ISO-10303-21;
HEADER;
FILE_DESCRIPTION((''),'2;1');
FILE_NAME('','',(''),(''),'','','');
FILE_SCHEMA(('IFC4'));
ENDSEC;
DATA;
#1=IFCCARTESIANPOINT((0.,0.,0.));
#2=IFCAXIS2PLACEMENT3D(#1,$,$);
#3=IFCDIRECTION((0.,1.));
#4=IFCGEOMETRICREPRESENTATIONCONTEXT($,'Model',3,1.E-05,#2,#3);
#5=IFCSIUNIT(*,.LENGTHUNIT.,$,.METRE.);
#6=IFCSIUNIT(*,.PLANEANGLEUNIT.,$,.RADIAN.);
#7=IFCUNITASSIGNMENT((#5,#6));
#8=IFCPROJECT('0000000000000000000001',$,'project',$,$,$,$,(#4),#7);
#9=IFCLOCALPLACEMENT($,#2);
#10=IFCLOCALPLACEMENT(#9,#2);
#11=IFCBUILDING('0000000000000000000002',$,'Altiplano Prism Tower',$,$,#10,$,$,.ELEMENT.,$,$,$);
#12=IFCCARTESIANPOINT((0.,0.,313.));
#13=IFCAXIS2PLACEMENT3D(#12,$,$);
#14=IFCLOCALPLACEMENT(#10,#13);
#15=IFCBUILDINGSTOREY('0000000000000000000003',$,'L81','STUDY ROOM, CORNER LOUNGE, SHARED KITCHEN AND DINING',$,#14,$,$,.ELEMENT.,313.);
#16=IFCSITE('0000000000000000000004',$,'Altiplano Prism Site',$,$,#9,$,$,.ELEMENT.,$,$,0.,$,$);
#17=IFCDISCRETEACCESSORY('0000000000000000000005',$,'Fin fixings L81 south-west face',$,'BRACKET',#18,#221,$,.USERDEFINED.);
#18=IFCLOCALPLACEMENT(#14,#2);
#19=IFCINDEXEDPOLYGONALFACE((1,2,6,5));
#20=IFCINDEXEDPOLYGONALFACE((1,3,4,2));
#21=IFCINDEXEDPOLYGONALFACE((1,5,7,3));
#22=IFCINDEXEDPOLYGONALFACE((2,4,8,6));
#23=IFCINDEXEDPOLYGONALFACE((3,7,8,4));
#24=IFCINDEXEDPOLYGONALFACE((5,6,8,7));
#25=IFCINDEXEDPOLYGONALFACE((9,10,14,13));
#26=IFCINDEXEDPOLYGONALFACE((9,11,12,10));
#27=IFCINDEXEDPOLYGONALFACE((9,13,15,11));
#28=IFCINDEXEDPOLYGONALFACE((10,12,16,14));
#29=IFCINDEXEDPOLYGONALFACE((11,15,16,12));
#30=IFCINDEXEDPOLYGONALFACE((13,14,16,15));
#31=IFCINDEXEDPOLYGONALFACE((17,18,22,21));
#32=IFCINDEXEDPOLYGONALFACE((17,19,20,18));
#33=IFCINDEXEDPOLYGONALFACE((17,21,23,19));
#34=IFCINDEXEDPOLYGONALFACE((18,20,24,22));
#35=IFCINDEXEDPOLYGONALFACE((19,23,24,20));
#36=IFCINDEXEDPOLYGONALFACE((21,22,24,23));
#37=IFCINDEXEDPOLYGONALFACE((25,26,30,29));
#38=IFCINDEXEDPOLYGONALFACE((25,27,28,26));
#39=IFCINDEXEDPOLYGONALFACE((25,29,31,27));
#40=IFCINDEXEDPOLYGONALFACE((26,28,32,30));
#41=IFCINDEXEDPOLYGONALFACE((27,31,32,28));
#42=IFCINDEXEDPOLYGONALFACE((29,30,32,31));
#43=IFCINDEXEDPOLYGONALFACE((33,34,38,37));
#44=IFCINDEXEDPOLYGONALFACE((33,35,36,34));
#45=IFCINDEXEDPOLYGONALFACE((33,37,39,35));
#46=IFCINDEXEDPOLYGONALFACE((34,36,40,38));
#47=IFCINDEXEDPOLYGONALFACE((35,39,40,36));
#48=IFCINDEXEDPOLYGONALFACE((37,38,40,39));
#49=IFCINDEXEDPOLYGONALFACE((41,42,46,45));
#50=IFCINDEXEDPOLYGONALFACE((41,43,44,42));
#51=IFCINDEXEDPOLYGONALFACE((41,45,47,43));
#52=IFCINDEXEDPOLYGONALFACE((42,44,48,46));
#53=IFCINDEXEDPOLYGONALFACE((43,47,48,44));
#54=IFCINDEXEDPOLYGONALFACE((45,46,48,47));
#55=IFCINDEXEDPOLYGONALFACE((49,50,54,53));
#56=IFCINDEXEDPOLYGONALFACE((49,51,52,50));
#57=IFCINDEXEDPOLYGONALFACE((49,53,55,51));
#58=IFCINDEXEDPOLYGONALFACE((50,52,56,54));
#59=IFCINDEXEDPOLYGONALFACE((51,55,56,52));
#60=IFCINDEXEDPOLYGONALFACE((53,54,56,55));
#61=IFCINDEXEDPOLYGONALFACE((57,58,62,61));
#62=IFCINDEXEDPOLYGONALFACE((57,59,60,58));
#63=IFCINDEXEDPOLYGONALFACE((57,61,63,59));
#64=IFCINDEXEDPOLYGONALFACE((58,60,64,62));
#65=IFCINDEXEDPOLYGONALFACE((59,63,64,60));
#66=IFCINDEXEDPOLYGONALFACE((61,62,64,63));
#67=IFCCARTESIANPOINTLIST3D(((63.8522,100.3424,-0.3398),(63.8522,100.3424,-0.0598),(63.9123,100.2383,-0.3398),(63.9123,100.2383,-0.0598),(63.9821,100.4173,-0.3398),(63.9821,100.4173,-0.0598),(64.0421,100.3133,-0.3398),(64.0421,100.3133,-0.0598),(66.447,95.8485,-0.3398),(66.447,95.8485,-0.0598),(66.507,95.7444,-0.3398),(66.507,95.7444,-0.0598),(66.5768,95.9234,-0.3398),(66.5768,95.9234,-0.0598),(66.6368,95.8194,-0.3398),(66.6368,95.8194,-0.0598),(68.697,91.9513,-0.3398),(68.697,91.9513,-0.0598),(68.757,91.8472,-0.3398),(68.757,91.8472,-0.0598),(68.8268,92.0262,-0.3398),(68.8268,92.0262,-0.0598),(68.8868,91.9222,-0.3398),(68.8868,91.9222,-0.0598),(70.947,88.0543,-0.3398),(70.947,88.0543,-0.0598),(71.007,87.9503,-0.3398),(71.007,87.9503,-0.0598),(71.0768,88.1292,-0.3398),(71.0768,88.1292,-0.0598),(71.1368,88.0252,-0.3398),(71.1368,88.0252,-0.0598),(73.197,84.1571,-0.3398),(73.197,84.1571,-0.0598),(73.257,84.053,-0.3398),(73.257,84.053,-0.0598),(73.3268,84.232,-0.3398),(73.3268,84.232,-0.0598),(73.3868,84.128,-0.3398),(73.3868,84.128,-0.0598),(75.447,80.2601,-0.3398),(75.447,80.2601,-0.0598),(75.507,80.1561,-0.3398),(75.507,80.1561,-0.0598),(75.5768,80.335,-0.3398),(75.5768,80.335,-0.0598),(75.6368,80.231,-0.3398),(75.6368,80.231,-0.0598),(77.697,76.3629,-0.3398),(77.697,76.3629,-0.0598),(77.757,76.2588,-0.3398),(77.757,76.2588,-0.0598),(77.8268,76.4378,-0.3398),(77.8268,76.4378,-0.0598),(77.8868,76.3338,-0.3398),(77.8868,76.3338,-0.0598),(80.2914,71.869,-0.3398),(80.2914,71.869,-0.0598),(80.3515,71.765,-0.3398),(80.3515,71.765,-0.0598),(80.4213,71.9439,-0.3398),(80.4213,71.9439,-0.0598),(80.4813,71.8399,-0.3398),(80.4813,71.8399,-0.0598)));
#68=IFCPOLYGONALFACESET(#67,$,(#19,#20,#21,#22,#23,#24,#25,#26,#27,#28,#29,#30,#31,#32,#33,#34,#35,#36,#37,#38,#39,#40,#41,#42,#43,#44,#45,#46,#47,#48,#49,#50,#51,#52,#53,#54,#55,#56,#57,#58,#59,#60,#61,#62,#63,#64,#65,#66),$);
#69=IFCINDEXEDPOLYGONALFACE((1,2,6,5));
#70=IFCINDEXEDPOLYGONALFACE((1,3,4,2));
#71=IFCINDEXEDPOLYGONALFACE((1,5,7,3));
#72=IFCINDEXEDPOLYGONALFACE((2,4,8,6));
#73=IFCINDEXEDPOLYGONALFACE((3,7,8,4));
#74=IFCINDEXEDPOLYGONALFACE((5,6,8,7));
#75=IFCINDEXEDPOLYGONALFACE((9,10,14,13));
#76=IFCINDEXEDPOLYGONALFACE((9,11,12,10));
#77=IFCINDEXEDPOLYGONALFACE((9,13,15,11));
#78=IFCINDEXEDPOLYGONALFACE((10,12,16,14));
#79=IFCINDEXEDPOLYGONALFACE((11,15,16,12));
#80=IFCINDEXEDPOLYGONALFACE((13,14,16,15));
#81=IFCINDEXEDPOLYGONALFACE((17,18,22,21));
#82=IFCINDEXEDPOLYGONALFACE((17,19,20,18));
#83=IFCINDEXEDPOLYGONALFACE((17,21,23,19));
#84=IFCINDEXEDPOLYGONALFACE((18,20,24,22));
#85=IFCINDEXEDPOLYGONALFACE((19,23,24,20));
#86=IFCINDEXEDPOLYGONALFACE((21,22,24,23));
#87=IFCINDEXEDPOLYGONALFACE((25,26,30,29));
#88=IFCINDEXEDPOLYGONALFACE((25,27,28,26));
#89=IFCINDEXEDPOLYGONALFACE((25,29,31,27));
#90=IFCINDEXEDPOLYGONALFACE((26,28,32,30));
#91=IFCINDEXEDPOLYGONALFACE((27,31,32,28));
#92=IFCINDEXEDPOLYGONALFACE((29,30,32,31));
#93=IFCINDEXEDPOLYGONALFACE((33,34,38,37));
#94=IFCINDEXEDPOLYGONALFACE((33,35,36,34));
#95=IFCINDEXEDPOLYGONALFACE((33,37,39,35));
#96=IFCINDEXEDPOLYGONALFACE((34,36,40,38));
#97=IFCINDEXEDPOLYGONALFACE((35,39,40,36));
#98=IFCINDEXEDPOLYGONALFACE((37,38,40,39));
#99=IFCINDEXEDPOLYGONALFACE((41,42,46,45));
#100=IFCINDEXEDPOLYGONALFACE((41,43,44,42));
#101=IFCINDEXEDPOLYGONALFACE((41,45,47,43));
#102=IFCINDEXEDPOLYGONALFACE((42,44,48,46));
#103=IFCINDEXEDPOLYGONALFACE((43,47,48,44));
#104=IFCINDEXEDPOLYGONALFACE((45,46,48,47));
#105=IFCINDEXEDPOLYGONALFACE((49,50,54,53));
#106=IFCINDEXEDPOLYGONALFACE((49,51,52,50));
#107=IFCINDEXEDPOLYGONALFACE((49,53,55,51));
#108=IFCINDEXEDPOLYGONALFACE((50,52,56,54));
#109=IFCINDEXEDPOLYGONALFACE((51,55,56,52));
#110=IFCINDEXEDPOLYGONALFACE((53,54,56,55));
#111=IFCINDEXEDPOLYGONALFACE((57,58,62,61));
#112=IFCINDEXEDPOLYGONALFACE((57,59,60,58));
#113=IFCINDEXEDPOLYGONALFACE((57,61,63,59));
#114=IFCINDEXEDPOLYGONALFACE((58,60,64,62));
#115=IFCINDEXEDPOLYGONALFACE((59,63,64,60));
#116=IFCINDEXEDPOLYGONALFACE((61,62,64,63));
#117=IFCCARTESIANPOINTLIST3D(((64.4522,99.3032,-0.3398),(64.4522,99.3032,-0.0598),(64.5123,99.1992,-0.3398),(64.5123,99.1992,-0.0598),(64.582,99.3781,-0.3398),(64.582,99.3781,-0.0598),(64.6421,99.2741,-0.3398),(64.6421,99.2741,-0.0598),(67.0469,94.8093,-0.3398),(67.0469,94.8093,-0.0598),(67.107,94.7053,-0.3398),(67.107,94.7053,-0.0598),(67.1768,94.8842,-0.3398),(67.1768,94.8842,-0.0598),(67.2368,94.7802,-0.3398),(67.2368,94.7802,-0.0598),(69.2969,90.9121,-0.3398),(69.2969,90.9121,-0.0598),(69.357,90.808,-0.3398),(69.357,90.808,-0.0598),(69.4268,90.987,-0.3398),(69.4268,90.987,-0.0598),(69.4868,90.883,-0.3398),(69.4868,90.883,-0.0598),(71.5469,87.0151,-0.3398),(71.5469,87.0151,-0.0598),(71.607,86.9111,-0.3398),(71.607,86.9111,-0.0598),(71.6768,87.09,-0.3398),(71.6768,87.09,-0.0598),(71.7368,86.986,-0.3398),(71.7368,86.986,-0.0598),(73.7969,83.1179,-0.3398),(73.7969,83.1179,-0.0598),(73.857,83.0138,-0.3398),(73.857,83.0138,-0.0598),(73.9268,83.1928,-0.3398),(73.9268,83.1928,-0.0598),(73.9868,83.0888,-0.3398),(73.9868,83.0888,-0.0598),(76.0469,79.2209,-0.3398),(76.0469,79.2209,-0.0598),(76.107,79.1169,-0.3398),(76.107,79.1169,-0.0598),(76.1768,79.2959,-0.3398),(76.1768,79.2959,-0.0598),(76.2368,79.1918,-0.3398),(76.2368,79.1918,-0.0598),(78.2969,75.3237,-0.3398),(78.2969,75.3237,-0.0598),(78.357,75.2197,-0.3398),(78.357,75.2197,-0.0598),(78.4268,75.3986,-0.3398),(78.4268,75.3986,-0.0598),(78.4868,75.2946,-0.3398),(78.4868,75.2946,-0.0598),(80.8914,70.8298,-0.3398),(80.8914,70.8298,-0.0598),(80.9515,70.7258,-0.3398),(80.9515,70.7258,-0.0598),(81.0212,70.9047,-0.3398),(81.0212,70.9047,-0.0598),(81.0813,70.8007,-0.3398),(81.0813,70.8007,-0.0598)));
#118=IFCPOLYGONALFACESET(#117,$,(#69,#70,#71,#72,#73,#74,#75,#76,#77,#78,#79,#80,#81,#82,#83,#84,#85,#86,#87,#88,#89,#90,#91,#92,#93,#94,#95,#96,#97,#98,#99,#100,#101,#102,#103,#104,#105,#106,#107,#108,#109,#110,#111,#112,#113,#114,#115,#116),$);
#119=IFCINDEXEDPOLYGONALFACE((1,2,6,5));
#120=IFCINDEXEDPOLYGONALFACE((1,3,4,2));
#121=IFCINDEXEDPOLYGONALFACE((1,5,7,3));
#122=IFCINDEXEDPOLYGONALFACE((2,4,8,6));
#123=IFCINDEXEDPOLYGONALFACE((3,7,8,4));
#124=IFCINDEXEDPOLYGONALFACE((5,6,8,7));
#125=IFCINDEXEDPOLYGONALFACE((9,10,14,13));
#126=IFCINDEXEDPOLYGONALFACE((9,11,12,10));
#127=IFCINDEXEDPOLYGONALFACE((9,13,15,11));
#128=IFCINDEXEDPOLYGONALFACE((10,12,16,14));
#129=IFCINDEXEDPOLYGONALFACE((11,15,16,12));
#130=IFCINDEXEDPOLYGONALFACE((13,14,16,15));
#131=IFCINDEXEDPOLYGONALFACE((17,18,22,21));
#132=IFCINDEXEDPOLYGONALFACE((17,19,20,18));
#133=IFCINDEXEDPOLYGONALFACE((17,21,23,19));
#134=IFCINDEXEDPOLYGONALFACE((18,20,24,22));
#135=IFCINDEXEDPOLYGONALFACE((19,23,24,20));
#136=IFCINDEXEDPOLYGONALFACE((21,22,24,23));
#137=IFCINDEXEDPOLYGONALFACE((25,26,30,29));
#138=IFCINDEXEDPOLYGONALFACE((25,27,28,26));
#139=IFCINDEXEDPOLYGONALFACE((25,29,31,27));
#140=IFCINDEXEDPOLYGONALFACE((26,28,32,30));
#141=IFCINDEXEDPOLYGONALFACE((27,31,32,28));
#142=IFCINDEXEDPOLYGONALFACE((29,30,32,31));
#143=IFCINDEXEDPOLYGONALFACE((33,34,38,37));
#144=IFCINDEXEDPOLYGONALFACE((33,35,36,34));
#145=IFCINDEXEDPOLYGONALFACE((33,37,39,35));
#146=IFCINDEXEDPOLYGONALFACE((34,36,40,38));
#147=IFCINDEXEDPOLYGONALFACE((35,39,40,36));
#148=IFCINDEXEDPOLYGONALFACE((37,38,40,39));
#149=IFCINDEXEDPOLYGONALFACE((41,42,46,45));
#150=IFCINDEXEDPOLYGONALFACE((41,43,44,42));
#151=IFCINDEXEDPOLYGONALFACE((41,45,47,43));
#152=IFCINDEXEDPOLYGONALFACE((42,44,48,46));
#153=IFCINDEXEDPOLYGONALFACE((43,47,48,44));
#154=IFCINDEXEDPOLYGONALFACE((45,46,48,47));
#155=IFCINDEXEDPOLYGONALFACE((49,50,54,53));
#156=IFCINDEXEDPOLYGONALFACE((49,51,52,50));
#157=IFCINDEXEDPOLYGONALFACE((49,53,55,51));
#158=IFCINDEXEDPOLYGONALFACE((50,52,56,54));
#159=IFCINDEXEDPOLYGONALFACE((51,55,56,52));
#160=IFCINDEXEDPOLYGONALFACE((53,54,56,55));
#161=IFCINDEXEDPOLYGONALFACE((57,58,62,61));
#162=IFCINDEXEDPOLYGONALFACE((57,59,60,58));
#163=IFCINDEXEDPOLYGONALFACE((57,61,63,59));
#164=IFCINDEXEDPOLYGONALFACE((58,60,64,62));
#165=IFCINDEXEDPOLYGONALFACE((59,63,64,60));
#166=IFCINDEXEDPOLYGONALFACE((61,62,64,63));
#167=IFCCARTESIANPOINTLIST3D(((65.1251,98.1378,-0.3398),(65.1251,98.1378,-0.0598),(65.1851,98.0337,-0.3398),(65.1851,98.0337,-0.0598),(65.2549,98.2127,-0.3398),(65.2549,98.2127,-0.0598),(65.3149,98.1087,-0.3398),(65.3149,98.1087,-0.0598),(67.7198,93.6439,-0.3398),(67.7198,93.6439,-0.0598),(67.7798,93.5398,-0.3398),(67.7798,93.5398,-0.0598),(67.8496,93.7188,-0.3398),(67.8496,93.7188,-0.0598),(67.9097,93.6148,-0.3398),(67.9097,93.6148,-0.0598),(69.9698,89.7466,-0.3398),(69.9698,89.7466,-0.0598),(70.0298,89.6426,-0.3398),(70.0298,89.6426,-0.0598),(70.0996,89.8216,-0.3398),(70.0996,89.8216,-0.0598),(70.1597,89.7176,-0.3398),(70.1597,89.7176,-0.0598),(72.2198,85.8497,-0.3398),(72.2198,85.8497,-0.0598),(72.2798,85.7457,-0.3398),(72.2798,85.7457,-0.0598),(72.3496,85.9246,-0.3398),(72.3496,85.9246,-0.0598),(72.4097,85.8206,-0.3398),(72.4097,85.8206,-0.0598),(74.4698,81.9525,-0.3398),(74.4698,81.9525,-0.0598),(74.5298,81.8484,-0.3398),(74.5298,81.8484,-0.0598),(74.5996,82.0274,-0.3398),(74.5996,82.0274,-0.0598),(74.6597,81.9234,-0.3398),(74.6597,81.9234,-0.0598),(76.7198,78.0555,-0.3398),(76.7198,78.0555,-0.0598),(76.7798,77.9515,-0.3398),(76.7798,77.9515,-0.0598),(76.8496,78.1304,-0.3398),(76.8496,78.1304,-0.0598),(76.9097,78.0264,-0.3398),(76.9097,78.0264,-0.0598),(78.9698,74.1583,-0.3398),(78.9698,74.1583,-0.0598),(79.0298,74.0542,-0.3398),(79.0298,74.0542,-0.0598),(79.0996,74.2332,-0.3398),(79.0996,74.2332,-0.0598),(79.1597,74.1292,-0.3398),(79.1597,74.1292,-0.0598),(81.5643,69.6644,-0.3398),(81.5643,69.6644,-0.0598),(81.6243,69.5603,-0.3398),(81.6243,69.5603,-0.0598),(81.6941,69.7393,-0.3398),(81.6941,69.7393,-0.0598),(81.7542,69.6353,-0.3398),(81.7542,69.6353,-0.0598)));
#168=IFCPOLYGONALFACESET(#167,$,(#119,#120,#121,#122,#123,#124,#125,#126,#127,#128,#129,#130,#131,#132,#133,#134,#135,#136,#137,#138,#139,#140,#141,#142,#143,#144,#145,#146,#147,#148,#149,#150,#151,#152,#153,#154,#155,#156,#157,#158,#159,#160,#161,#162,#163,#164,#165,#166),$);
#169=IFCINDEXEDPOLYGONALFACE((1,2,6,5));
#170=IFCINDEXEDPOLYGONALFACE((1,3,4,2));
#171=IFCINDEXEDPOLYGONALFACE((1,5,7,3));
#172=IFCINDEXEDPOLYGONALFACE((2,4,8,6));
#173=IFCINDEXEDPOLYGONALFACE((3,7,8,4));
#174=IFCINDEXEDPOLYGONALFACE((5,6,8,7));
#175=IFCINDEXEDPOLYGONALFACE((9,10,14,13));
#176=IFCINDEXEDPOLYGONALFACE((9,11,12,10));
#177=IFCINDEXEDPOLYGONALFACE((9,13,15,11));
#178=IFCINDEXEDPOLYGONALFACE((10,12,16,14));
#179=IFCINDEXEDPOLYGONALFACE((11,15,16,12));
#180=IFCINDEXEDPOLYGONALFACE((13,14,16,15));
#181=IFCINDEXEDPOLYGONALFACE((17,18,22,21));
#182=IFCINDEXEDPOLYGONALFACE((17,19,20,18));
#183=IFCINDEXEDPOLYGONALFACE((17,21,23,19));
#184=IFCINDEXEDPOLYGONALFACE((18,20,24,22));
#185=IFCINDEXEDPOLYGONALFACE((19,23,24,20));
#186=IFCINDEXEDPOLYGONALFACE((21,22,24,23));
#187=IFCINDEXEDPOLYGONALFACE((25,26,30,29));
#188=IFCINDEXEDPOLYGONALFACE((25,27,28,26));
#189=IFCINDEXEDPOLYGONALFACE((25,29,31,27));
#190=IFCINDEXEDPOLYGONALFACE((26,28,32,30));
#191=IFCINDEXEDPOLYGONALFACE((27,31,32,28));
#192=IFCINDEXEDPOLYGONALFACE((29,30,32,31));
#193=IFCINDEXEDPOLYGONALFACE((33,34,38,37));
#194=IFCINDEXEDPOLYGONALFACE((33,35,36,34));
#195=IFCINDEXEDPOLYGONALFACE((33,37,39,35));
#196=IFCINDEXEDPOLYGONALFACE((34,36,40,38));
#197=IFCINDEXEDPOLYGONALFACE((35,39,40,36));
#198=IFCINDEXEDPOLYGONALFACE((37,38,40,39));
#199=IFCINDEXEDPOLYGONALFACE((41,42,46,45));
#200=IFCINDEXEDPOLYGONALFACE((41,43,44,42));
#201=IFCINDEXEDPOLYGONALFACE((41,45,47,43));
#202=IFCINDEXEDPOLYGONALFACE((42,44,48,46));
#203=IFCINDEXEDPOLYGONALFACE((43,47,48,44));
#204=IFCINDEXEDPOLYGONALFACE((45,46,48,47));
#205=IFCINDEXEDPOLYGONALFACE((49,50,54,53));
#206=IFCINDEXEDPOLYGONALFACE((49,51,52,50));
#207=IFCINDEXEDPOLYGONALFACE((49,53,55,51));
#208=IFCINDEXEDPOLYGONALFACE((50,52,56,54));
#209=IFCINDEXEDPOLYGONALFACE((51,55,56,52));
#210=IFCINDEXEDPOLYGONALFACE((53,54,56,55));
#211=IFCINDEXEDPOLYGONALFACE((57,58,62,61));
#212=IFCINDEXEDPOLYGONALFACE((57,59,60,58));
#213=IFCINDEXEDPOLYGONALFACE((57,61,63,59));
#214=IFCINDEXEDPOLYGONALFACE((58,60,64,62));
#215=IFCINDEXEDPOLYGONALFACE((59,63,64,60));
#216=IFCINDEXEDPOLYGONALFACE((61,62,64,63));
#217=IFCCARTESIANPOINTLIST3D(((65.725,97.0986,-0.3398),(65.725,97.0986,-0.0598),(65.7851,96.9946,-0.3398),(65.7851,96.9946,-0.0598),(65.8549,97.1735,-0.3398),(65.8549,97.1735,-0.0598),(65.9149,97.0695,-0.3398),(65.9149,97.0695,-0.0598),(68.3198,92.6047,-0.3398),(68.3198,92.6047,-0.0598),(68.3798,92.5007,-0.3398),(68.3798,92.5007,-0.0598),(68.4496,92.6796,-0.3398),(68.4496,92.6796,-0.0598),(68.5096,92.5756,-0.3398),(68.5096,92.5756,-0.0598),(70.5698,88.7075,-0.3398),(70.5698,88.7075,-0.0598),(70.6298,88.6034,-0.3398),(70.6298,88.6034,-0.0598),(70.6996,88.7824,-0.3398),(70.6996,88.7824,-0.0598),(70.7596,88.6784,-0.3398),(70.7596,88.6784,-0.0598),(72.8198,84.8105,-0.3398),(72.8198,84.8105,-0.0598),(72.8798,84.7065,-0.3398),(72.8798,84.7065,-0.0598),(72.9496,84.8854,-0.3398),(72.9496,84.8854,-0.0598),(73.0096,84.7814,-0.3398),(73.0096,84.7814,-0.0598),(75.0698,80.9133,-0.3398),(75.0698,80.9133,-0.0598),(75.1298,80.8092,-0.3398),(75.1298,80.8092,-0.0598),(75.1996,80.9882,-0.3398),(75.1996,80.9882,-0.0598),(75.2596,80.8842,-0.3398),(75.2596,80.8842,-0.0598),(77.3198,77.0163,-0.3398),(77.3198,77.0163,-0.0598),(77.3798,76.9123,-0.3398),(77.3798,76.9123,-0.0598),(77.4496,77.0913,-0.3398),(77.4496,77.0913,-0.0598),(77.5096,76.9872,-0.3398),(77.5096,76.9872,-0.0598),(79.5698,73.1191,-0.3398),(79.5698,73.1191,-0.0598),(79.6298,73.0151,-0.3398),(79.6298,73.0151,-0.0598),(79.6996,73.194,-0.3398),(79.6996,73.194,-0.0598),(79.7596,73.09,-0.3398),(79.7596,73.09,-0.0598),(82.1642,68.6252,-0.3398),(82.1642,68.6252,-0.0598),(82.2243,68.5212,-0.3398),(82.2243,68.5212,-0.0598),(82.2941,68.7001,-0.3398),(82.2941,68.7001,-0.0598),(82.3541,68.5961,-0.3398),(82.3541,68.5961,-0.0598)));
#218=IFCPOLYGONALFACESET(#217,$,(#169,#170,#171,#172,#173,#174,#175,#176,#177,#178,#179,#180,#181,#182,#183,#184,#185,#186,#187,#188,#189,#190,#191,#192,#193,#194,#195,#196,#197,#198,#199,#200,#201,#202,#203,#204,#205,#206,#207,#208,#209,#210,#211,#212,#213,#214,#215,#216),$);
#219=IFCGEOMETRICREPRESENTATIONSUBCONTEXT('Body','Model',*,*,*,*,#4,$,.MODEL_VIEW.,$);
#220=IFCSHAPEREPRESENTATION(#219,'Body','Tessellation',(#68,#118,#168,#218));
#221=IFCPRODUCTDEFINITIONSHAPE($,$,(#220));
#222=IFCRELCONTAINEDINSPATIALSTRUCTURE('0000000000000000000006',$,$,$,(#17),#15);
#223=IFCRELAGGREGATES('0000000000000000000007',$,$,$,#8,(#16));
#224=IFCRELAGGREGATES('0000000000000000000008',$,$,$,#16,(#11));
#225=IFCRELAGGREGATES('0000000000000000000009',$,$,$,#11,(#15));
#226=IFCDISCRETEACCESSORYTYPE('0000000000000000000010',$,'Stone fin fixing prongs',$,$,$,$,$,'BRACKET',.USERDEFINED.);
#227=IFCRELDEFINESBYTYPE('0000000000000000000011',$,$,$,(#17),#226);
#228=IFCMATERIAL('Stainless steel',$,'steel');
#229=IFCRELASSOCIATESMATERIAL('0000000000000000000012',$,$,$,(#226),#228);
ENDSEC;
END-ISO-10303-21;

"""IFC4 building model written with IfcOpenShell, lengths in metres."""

from ifc_helpers import new_model, si_unit, direction, frame, origin, place, context, subcontext, project, spatial, polyline, outline, extrude, source, transform, mapped, material, type_object, element, save


model = new_model("IFC4")

# Units and contexts
model_context = context("Model", 3, precision=1e-05, world=origin(), true_north=direction((0.0, 1.0)))
body_context = subcontext(model_context, "Body", "Model", "MODEL_VIEW")
ifc_project = project(units=[si_unit("LENGTHUNIT", "METRE"), si_unit("PLANEANGLEUNIT", "RADIAN")], contexts=[model_context])

# Site, building, storey
site_placement = place(None, origin())
site = spatial("IfcSite", under=ifc_project, at=site_placement, Name="Altiplano Prism Site", CompositionType="ELEMENT", RefElevation=0.0)
building_placement = place(site_placement, origin())
building = spatial("IfcBuilding", under=site, at=building_placement, Name="Altiplano Prism Tower", CompositionType="ELEMENT")
storey_placement = place(building_placement, frame((0.0, 0.0, 313.0)))
storey = spatial("IfcBuildingStorey", under=building, at=storey_placement, Name="L81", Description="STUDY ROOM, CORNER LOUNGE, SHARED KITCHEN AND DINING", CompositionType="ELEMENT", Elevation=313.0)

# Discrete accessory
ifc_material_1 = material(Name="Stainless steel", Category="steel")
discrete_accessory_type = type_object("IfcDiscreteAccessoryType", Name="Stone fin fixing prongs", ElementType="BRACKET", PredefinedType="USERDEFINED", material=ifc_material_1)
shared_shape_1 = source(origin(), body_context, "Body", "SweptSolid", [
    extrude(outline(polyline([(-1.9329, 0.0601), (-1.8127, 0.0601), (-1.8127, 0.3401), (-1.9329, 0.3401), (-1.9329, 0.0601)])), frame((0.0, 0.0, 0.0), z_axis=(0.0, -1.0, 0.0), x_axis=(1.0, 0.0, 0.0)), (0.0, 0.0, 1.0), 0.1499),
    extrude(outline(polyline([(-0.7329, 0.0601), (-0.6128, 0.0601), (-0.6128, 0.3401), (-0.7329, 0.3401), (-0.7329, 0.0601)])), frame((0.0, 0.0, 0.0), z_axis=(0.0, -1.0, 0.0), x_axis=(1.0, 0.0, 0.0)), (0.0, 0.0, 1.0), 0.1499),
    extrude(outline(polyline([(0.6128, 0.0601), (0.7329, 0.0601), (0.7329, 0.3401), (0.6128, 0.3401), (0.6128, 0.0601)])), frame((0.0, 0.0, 0.0), z_axis=(0.0, -1.0, 0.0), x_axis=(1.0, 0.0, 0.0)), (0.0, 0.0, 1.0), 0.1499),
    extrude(outline(polyline([(1.8127, 0.0601), (1.9329, 0.0601), (1.9329, 0.3401), (1.8127, 0.3401), (1.8127, 0.0601)])), frame((0.0, 0.0, 0.0), z_axis=(0.0, -1.0, 0.0), x_axis=(1.0, 0.0, 0.0)), (0.0, 0.0, 1.0), 0.1499),
])
shared_shape_2 = source(origin(), body_context, "Body", "SweptSolid", [
    extrude(outline(polyline([(-1.9329, 0.0601), (-1.8127, 0.0601), (-1.8127, 0.3401), (-1.9329, 0.3401), (-1.9329, 0.0601)])), frame((0.0, 0.0, 0.0), z_axis=(0.0, -1.0, 0.0), x_axis=(1.0, 0.0, 0.0)), (0.0, 0.0, 1.0), 0.1499),
    extrude(outline(polyline([(-0.7329, 0.0601), (-0.6128, 0.0601), (-0.6128, 0.3401), (-0.7329, 0.3401), (-0.7329, 0.0601)])), frame((0.0, 0.0, 0.0), z_axis=(0.0, -1.0, 0.0), x_axis=(1.0, 0.0, 0.0)), (0.0, 0.0, 1.0), 0.1499),
    extrude(outline(polyline([(0.6128, 0.0601), (0.7329, 0.0601), (0.7329, 0.3401), (0.6128, 0.3401), (0.6128, 0.0601)])), frame((0.0, 0.0, 0.0), z_axis=(0.0, -1.0, 0.0), x_axis=(1.0, 0.0, 0.0)), (0.0, 0.0, 1.0), 0.1499),
    extrude(outline(polyline([(1.8127, 0.0601), (1.9329, 0.0601), (1.9329, 0.3401), (1.8127, 0.3401), (1.8127, 0.0601)])), frame((0.0, 0.0, 0.0), z_axis=(0.0, -1.0, 0.0), x_axis=(1.0, 0.0, 0.0)), (0.0, 0.0, 1.0), 0.1499),
])
discrete_accessory_1_placement = place(storey_placement, origin())
element("IfcDiscreteAccessory", 1, at=discrete_accessory_1_placement, inside=storey, type_object=discrete_accessory_type, Name="Fin fixings L81 south-west face", ObjectType="BRACKET", PredefinedType="USERDEFINED", context=body_context, shape_type="MappedRepresentation", body=[
    mapped(shared_shape_1, transform((64.9485, 98.7434, -0.3999), x_axis=(0.5, -0.866025, 0.0), y_axis=(0.866025, 0.5, 0.0), z_axis=(0.0, 0.0, 1.0))),
    mapped(shared_shape_2, transform((67.5432, 94.2495, -0.3999), x_axis=(0.5, -0.866025, 0.0), y_axis=(0.866025, 0.5, 0.0), z_axis=(0.0, 0.0, 1.0))),
    mapped(shared_shape_2, transform((69.7932, 90.3523, -0.3999), x_axis=(0.5, -0.866025, 0.0), y_axis=(0.866025, 0.5, 0.0), z_axis=(0.0, 0.0, 1.0))),
    mapped(shared_shape_2, transform((72.0432, 86.4553, -0.3999), x_axis=(0.5, -0.866025, 0.0), y_axis=(0.866025, 0.5, 0.0), z_axis=(0.0, 0.0, 1.0))),
    mapped(shared_shape_2, transform((74.2932, 82.5581, -0.3999), x_axis=(0.5, -0.866025, 0.0), y_axis=(0.866025, 0.5, 0.0), z_axis=(0.0, 0.0, 1.0))),
    mapped(shared_shape_2, transform((76.5432, 78.6611, -0.3999), x_axis=(0.5, -0.866025, 0.0), y_axis=(0.866025, 0.5, 0.0), z_axis=(0.0, 0.0, 1.0))),
    mapped(shared_shape_2, transform((78.7932, 74.7639, -0.3999), x_axis=(0.5, -0.866025, 0.0), y_axis=(0.866025, 0.5, 0.0), z_axis=(0.0, 0.0, 1.0))),
    mapped(shared_shape_1, transform((81.3877, 70.27, -0.3999), x_axis=(0.5, -0.866025, 0.0), y_axis=(0.866025, 0.5, 0.0), z_axis=(0.0, 0.0, 1.0))),
])

save(model, "model.ifc")
